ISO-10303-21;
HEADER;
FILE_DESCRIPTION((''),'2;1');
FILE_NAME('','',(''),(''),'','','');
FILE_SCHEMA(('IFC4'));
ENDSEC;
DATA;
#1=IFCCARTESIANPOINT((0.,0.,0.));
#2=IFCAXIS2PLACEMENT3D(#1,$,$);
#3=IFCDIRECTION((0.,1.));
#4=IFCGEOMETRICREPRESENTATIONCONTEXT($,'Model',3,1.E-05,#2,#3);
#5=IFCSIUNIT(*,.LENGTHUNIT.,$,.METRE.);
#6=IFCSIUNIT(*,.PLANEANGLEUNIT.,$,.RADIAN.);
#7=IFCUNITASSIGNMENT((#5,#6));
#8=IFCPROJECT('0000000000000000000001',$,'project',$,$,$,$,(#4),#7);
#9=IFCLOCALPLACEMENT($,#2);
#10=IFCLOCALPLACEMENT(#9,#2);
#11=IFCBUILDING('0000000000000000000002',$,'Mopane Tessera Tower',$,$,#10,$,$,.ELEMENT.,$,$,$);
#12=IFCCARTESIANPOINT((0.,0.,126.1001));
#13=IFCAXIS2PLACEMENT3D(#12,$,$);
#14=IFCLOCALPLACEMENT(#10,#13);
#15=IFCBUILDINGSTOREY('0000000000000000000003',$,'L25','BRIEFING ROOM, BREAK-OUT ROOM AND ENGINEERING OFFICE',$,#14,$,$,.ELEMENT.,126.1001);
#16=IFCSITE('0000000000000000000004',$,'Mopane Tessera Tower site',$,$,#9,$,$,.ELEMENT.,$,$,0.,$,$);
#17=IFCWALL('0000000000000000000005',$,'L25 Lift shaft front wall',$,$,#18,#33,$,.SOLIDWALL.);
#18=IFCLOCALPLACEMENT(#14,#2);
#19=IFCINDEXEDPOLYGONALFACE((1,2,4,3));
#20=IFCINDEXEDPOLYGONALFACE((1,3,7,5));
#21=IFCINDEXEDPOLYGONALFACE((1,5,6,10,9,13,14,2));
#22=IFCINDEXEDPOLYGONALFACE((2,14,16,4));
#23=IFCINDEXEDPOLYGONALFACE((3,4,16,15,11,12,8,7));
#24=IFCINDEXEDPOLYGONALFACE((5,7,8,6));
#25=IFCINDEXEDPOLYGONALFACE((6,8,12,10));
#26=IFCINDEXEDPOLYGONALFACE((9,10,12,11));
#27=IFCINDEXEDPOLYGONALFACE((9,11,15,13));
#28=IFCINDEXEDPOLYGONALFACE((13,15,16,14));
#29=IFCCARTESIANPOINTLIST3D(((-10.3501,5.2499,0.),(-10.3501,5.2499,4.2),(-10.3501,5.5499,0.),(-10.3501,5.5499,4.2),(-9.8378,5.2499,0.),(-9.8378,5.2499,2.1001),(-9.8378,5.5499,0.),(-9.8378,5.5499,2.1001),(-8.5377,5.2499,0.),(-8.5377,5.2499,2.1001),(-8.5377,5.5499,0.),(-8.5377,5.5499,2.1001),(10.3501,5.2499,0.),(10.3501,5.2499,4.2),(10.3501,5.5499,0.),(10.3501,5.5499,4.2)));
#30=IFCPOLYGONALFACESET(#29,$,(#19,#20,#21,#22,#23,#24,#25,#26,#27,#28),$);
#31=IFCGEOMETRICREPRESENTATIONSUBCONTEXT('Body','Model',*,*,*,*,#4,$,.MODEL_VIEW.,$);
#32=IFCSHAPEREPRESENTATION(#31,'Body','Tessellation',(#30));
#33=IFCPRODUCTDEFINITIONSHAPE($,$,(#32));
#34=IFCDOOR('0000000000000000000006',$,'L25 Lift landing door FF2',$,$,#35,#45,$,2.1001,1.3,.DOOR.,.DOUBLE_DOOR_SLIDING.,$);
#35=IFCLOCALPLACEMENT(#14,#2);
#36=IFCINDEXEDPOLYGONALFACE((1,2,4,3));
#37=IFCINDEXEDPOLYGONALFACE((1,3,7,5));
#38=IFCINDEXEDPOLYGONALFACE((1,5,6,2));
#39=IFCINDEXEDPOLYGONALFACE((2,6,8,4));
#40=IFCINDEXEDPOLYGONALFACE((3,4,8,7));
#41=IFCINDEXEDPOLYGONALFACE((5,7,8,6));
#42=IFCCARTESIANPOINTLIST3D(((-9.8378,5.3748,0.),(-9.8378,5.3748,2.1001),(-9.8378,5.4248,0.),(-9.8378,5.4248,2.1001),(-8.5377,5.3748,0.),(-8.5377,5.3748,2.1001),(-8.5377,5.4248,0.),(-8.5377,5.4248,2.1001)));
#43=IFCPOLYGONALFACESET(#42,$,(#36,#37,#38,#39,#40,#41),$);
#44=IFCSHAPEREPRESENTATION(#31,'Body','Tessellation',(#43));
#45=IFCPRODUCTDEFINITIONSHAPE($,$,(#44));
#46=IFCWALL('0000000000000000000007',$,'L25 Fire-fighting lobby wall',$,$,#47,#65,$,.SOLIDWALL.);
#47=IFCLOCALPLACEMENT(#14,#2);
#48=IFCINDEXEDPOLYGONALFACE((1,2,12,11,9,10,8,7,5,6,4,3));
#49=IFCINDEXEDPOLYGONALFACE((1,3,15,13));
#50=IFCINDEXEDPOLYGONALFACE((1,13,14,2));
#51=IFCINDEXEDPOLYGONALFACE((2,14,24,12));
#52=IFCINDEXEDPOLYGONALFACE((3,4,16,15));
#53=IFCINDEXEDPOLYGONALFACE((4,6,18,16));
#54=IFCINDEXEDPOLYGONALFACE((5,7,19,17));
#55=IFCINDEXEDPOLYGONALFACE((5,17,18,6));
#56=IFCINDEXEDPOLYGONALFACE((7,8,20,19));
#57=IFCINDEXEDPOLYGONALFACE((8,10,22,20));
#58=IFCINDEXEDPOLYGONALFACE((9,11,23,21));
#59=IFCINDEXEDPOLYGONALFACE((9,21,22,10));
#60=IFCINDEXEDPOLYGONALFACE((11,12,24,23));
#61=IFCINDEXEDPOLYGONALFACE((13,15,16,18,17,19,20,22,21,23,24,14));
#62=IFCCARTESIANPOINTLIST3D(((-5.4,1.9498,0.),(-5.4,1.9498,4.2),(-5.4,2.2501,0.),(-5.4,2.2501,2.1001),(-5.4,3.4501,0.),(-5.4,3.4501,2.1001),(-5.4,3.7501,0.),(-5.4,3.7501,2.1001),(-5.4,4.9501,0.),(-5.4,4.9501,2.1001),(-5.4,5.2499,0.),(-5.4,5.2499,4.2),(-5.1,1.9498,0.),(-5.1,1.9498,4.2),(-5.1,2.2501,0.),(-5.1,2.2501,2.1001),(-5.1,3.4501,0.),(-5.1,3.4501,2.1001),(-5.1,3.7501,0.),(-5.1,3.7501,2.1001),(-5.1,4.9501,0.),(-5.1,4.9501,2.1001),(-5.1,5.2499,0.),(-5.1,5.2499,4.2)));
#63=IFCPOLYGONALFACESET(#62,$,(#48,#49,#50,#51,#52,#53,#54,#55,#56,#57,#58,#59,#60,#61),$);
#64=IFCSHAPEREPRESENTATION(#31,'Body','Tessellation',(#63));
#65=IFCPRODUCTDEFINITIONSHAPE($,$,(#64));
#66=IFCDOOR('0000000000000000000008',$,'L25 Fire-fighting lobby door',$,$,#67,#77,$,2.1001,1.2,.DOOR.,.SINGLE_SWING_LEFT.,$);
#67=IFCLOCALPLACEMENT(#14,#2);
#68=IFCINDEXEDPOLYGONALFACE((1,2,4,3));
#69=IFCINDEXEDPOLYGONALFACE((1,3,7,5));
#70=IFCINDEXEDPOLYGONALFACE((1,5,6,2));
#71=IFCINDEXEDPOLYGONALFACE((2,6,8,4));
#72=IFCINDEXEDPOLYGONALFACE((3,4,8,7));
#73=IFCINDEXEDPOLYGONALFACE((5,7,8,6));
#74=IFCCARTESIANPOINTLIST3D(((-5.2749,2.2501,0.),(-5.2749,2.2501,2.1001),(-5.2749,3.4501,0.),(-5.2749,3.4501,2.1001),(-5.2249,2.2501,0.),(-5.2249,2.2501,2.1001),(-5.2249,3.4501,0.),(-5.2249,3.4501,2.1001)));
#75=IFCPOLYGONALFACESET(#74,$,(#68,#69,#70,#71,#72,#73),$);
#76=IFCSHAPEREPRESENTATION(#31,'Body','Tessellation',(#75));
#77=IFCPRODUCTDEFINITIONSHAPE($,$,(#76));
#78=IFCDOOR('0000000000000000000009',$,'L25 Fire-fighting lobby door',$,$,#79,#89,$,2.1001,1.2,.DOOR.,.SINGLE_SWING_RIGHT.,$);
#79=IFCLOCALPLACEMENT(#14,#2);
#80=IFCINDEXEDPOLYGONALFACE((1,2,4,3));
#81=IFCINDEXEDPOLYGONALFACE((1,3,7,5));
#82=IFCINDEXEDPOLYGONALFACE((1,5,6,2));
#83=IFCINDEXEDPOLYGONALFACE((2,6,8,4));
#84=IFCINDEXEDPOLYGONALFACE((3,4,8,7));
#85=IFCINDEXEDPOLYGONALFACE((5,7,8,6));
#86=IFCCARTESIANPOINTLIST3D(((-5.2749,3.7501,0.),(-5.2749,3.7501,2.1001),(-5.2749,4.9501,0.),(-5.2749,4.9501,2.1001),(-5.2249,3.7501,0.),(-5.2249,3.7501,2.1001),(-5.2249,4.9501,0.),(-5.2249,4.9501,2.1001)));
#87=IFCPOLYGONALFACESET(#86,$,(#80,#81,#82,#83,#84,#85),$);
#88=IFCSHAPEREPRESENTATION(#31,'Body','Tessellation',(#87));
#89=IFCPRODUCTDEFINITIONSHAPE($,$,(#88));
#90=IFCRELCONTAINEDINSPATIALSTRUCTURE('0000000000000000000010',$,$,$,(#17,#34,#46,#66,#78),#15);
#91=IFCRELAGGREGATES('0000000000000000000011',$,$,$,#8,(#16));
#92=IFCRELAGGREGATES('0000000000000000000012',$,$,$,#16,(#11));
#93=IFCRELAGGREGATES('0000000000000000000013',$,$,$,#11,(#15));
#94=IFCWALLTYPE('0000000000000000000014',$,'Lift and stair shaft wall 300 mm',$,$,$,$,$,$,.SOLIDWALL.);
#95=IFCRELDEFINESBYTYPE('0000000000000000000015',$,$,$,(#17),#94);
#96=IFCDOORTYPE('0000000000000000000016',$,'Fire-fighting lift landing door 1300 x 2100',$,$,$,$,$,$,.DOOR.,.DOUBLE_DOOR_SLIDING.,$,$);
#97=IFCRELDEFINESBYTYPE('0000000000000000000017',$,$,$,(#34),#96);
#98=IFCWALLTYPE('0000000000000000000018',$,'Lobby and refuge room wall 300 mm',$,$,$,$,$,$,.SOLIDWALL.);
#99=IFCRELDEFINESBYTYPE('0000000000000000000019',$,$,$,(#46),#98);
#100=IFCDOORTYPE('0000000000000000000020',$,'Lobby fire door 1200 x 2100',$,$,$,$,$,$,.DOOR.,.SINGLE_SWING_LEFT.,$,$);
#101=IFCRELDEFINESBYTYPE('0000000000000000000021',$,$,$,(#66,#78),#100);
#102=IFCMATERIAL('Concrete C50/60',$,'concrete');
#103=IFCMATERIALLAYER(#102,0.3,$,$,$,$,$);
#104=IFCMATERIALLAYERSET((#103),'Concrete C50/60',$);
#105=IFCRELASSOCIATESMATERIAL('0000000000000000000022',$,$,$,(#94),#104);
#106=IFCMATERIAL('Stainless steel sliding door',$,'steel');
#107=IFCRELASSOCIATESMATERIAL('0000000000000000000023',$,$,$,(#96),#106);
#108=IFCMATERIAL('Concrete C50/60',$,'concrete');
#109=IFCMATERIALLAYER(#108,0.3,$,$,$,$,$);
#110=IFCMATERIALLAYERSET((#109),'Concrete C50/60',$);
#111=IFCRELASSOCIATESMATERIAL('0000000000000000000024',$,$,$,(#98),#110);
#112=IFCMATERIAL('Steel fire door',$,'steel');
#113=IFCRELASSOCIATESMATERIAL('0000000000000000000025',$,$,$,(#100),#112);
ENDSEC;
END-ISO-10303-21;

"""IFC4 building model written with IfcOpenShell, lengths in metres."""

from ifc_helpers import new_model, si_unit, direction, frame, frame_2d, origin, place, context, subcontext, project, spatial, rectangle, extrude, material, layer, layer_set, type_object, element, fill, save


model = new_model("IFC4")

# Units and contexts
model_context = context("Model", 3, precision=1e-05, world=origin(), true_north=direction((0.0, 1.0)))
body_context = subcontext(model_context, "Body", "Model", "MODEL_VIEW")
ifc_project = project(units=[si_unit("LENGTHUNIT", "METRE"), si_unit("PLANEANGLEUNIT", "RADIAN")], contexts=[model_context])

# Site, building, storey
site_placement = place(None, origin())
site = spatial("IfcSite", under=ifc_project, at=site_placement, Name="Mopane Tessera Tower site", CompositionType="ELEMENT", RefElevation=0.0)
building_placement = place(site_placement, origin())
building = spatial("IfcBuilding", under=site, at=building_placement, Name="Mopane Tessera Tower", CompositionType="ELEMENT")
storey_placement = place(building_placement, frame((0.0, 0.0, 126.1001)))
storey = spatial("IfcBuildingStorey", under=building, at=storey_placement, Name="L25", Description="BRIEFING ROOM, BREAK-OUT ROOM AND ENGINEERING OFFICE", CompositionType="ELEMENT", Elevation=126.1001)

# Shared definitions
ifc_material_1 = material(Name="Concrete C50/60", Category="concrete")
ifc_layer_1 = layer(ifc_material_1, 0.3)
ifc_layer_set_1 = layer_set([ifc_layer_1], Name="Concrete C50/60")
wall_type_1 = type_object("IfcWallType", Name="Lift and stair shaft wall 300 mm", PredefinedType="SOLIDWALL", material=ifc_layer_set_1)
ifc_material_2 = material(Name="Stainless steel sliding door", Category="steel")
door_type_1 = type_object("IfcDoorType", Name="Fire-fighting lift landing door 1300 x 2100", OperationType="DOUBLE_DOOR_SLIDING", PredefinedType="DOOR", material=ifc_material_2)

# Wall, opening, door
wall_1_placement = place(storey_placement, frame((-10.3501, 5.3999, 0.0), z_axis=(0.0, 0.0, 1.0), x_axis=(1.0, 0.0, 0.0)))
wall_1 = element("IfcWall", 1, at=wall_1_placement, inside=storey, type_object=wall_type_1, Name="L25 Lift shaft front wall", PredefinedType="SOLIDWALL", context=body_context, shape_type="SweptSolid", body=[
    extrude(rectangle(XDim=20.7002, YDim=0.3, at=frame_2d((10.3501, 0.0))), origin(), (0.0, 0.0, 1.0), 4.2),
])
opening_1_placement = place(wall_1_placement, frame((0.5125, 0.0, 0.0)))
opening_1 = element("IfcOpeningElement", 2, at=opening_1_placement, cuts=wall_1, PredefinedType="OPENING", context=body_context, shape_type="SweptSolid", body=[
    extrude(rectangle(XDim=1.3, YDim=2.1001, at=frame_2d((0.6499, 1.05))), frame((0.0, 0.1621, 0.0), z_axis=(0.0, -1.0, 0.0), x_axis=(1.0, 0.0, 0.0)), (0.0, 0.0, 1.0), 0.324),
])
door_1_placement = place(opening_1_placement, origin())
door_1 = element("IfcDoor", 3, at=door_1_placement, inside=storey, type_object=door_type_1, Name="L25 Lift landing door FF2", OperationType="DOUBLE_DOOR_SLIDING", OverallHeight=2.1001, OverallWidth=1.3, PredefinedType="DOOR", context=body_context, shape_type="SweptSolid", body=[
    extrude(rectangle(XDim=1.3, YDim=2.1001, at=frame_2d((0.6499, 1.05))), frame((0.0, 0.0249, 0.0), z_axis=(0.0, -1.0, 0.0), x_axis=(1.0, 0.0, 0.0)), (0.0, 0.0, 1.0), 0.05),
])
fill(opening_1, door_1)

# Wall, openings, doors
ifc_material_3 = material(Name="Concrete C50/60", Category="concrete")
ifc_layer_2 = layer(ifc_material_3, 0.3)
ifc_layer_set_2 = layer_set([ifc_layer_2], Name="Concrete C50/60")
wall_type_2 = type_object("IfcWallType", Name="Lobby and refuge room wall 300 mm", PredefinedType="SOLIDWALL", material=ifc_layer_set_2)
wall_2_placement = place(storey_placement, frame((-5.25, 1.95, 0.0), z_axis=(0.0, 0.0, 1.0), x_axis=(0.0, 1.0, 0.0)))
wall_2 = element("IfcWall", 4, at=wall_2_placement, inside=storey, type_object=wall_type_2, Name="L25 Fire-fighting lobby wall", PredefinedType="SOLIDWALL", context=body_context, shape_type="SweptSolid", body=[
    extrude(rectangle(XDim=3.3, YDim=0.3, at=frame_2d((1.6499, 0.0))), origin(), (0.0, 0.0, 1.0), 4.2),
])
opening_2_placement = place(wall_2_placement, frame((0.3, 0.0, 0.0)))
opening_2 = element("IfcOpeningElement", 5, at=opening_2_placement, cuts=wall_2, PredefinedType="OPENING", context=body_context, shape_type="SweptSolid", body=[
    extrude(rectangle(XDim=1.2, YDim=2.1001, at=frame_2d((0.6001, 1.05))), frame((0.0, 0.1621, 0.0), z_axis=(0.0, -1.0, 0.0), x_axis=(1.0, 0.0, 0.0)), (0.0, 0.0, 1.0), 0.324),
])
opening_3_placement = place(wall_2_placement, frame((1.8, 0.0, 0.0)))
opening_3 = element("IfcOpeningElement", 6, at=opening_3_placement, cuts=wall_2, PredefinedType="OPENING", context=body_context, shape_type="SweptSolid", body=[
    extrude(rectangle(XDim=1.2, YDim=2.1001, at=frame_2d((0.6001, 1.05))), frame((0.0, 0.1621, 0.0), z_axis=(0.0, -1.0, 0.0), x_axis=(1.0, 0.0, 0.0)), (0.0, 0.0, 1.0), 0.324),
])
ifc_material_4 = material(Name="Steel fire door", Category="steel")
door_type_2 = type_object("IfcDoorType", Name="Lobby fire door 1200 x 2100", OperationType="SINGLE_SWING_LEFT", PredefinedType="DOOR", material=ifc_material_4)
door_2_placement = place(opening_2_placement, origin())
door_2 = element("IfcDoor", 7, at=door_2_placement, inside=storey, type_object=door_type_2, Name="L25 Fire-fighting lobby door", OperationType="SINGLE_SWING_LEFT", OverallHeight=2.1001, OverallWidth=1.2, PredefinedType="DOOR", context=body_context, shape_type="SweptSolid", body=[
    extrude(rectangle(XDim=1.2, YDim=2.1001, at=frame_2d((0.6001, 1.05))), frame((0.0, 0.0249, 0.0), z_axis=(0.0, -1.0, 0.0), x_axis=(1.0, 0.0, 0.0)), (0.0, 0.0, 1.0), 0.05),
])
fill(opening_2, door_2)
door_3_placement = place(opening_3_placement, origin())
door_3 = element("IfcDoor", 8, at=door_3_placement, inside=storey, type_object=door_type_2, Name="L25 Fire-fighting lobby door", OperationType="SINGLE_SWING_RIGHT", OverallHeight=2.1001, OverallWidth=1.2, PredefinedType="DOOR", context=body_context, shape_type="SweptSolid", body=[
    extrude(rectangle(XDim=1.2, YDim=2.1001, at=frame_2d((0.6001, 1.05))), frame((0.0, 0.0249, 0.0), z_axis=(0.0, -1.0, 0.0), x_axis=(1.0, 0.0, 0.0)), (0.0, 0.0, 1.0), 0.05),
])
fill(opening_3, door_3)

save(model, "model.ifc")
